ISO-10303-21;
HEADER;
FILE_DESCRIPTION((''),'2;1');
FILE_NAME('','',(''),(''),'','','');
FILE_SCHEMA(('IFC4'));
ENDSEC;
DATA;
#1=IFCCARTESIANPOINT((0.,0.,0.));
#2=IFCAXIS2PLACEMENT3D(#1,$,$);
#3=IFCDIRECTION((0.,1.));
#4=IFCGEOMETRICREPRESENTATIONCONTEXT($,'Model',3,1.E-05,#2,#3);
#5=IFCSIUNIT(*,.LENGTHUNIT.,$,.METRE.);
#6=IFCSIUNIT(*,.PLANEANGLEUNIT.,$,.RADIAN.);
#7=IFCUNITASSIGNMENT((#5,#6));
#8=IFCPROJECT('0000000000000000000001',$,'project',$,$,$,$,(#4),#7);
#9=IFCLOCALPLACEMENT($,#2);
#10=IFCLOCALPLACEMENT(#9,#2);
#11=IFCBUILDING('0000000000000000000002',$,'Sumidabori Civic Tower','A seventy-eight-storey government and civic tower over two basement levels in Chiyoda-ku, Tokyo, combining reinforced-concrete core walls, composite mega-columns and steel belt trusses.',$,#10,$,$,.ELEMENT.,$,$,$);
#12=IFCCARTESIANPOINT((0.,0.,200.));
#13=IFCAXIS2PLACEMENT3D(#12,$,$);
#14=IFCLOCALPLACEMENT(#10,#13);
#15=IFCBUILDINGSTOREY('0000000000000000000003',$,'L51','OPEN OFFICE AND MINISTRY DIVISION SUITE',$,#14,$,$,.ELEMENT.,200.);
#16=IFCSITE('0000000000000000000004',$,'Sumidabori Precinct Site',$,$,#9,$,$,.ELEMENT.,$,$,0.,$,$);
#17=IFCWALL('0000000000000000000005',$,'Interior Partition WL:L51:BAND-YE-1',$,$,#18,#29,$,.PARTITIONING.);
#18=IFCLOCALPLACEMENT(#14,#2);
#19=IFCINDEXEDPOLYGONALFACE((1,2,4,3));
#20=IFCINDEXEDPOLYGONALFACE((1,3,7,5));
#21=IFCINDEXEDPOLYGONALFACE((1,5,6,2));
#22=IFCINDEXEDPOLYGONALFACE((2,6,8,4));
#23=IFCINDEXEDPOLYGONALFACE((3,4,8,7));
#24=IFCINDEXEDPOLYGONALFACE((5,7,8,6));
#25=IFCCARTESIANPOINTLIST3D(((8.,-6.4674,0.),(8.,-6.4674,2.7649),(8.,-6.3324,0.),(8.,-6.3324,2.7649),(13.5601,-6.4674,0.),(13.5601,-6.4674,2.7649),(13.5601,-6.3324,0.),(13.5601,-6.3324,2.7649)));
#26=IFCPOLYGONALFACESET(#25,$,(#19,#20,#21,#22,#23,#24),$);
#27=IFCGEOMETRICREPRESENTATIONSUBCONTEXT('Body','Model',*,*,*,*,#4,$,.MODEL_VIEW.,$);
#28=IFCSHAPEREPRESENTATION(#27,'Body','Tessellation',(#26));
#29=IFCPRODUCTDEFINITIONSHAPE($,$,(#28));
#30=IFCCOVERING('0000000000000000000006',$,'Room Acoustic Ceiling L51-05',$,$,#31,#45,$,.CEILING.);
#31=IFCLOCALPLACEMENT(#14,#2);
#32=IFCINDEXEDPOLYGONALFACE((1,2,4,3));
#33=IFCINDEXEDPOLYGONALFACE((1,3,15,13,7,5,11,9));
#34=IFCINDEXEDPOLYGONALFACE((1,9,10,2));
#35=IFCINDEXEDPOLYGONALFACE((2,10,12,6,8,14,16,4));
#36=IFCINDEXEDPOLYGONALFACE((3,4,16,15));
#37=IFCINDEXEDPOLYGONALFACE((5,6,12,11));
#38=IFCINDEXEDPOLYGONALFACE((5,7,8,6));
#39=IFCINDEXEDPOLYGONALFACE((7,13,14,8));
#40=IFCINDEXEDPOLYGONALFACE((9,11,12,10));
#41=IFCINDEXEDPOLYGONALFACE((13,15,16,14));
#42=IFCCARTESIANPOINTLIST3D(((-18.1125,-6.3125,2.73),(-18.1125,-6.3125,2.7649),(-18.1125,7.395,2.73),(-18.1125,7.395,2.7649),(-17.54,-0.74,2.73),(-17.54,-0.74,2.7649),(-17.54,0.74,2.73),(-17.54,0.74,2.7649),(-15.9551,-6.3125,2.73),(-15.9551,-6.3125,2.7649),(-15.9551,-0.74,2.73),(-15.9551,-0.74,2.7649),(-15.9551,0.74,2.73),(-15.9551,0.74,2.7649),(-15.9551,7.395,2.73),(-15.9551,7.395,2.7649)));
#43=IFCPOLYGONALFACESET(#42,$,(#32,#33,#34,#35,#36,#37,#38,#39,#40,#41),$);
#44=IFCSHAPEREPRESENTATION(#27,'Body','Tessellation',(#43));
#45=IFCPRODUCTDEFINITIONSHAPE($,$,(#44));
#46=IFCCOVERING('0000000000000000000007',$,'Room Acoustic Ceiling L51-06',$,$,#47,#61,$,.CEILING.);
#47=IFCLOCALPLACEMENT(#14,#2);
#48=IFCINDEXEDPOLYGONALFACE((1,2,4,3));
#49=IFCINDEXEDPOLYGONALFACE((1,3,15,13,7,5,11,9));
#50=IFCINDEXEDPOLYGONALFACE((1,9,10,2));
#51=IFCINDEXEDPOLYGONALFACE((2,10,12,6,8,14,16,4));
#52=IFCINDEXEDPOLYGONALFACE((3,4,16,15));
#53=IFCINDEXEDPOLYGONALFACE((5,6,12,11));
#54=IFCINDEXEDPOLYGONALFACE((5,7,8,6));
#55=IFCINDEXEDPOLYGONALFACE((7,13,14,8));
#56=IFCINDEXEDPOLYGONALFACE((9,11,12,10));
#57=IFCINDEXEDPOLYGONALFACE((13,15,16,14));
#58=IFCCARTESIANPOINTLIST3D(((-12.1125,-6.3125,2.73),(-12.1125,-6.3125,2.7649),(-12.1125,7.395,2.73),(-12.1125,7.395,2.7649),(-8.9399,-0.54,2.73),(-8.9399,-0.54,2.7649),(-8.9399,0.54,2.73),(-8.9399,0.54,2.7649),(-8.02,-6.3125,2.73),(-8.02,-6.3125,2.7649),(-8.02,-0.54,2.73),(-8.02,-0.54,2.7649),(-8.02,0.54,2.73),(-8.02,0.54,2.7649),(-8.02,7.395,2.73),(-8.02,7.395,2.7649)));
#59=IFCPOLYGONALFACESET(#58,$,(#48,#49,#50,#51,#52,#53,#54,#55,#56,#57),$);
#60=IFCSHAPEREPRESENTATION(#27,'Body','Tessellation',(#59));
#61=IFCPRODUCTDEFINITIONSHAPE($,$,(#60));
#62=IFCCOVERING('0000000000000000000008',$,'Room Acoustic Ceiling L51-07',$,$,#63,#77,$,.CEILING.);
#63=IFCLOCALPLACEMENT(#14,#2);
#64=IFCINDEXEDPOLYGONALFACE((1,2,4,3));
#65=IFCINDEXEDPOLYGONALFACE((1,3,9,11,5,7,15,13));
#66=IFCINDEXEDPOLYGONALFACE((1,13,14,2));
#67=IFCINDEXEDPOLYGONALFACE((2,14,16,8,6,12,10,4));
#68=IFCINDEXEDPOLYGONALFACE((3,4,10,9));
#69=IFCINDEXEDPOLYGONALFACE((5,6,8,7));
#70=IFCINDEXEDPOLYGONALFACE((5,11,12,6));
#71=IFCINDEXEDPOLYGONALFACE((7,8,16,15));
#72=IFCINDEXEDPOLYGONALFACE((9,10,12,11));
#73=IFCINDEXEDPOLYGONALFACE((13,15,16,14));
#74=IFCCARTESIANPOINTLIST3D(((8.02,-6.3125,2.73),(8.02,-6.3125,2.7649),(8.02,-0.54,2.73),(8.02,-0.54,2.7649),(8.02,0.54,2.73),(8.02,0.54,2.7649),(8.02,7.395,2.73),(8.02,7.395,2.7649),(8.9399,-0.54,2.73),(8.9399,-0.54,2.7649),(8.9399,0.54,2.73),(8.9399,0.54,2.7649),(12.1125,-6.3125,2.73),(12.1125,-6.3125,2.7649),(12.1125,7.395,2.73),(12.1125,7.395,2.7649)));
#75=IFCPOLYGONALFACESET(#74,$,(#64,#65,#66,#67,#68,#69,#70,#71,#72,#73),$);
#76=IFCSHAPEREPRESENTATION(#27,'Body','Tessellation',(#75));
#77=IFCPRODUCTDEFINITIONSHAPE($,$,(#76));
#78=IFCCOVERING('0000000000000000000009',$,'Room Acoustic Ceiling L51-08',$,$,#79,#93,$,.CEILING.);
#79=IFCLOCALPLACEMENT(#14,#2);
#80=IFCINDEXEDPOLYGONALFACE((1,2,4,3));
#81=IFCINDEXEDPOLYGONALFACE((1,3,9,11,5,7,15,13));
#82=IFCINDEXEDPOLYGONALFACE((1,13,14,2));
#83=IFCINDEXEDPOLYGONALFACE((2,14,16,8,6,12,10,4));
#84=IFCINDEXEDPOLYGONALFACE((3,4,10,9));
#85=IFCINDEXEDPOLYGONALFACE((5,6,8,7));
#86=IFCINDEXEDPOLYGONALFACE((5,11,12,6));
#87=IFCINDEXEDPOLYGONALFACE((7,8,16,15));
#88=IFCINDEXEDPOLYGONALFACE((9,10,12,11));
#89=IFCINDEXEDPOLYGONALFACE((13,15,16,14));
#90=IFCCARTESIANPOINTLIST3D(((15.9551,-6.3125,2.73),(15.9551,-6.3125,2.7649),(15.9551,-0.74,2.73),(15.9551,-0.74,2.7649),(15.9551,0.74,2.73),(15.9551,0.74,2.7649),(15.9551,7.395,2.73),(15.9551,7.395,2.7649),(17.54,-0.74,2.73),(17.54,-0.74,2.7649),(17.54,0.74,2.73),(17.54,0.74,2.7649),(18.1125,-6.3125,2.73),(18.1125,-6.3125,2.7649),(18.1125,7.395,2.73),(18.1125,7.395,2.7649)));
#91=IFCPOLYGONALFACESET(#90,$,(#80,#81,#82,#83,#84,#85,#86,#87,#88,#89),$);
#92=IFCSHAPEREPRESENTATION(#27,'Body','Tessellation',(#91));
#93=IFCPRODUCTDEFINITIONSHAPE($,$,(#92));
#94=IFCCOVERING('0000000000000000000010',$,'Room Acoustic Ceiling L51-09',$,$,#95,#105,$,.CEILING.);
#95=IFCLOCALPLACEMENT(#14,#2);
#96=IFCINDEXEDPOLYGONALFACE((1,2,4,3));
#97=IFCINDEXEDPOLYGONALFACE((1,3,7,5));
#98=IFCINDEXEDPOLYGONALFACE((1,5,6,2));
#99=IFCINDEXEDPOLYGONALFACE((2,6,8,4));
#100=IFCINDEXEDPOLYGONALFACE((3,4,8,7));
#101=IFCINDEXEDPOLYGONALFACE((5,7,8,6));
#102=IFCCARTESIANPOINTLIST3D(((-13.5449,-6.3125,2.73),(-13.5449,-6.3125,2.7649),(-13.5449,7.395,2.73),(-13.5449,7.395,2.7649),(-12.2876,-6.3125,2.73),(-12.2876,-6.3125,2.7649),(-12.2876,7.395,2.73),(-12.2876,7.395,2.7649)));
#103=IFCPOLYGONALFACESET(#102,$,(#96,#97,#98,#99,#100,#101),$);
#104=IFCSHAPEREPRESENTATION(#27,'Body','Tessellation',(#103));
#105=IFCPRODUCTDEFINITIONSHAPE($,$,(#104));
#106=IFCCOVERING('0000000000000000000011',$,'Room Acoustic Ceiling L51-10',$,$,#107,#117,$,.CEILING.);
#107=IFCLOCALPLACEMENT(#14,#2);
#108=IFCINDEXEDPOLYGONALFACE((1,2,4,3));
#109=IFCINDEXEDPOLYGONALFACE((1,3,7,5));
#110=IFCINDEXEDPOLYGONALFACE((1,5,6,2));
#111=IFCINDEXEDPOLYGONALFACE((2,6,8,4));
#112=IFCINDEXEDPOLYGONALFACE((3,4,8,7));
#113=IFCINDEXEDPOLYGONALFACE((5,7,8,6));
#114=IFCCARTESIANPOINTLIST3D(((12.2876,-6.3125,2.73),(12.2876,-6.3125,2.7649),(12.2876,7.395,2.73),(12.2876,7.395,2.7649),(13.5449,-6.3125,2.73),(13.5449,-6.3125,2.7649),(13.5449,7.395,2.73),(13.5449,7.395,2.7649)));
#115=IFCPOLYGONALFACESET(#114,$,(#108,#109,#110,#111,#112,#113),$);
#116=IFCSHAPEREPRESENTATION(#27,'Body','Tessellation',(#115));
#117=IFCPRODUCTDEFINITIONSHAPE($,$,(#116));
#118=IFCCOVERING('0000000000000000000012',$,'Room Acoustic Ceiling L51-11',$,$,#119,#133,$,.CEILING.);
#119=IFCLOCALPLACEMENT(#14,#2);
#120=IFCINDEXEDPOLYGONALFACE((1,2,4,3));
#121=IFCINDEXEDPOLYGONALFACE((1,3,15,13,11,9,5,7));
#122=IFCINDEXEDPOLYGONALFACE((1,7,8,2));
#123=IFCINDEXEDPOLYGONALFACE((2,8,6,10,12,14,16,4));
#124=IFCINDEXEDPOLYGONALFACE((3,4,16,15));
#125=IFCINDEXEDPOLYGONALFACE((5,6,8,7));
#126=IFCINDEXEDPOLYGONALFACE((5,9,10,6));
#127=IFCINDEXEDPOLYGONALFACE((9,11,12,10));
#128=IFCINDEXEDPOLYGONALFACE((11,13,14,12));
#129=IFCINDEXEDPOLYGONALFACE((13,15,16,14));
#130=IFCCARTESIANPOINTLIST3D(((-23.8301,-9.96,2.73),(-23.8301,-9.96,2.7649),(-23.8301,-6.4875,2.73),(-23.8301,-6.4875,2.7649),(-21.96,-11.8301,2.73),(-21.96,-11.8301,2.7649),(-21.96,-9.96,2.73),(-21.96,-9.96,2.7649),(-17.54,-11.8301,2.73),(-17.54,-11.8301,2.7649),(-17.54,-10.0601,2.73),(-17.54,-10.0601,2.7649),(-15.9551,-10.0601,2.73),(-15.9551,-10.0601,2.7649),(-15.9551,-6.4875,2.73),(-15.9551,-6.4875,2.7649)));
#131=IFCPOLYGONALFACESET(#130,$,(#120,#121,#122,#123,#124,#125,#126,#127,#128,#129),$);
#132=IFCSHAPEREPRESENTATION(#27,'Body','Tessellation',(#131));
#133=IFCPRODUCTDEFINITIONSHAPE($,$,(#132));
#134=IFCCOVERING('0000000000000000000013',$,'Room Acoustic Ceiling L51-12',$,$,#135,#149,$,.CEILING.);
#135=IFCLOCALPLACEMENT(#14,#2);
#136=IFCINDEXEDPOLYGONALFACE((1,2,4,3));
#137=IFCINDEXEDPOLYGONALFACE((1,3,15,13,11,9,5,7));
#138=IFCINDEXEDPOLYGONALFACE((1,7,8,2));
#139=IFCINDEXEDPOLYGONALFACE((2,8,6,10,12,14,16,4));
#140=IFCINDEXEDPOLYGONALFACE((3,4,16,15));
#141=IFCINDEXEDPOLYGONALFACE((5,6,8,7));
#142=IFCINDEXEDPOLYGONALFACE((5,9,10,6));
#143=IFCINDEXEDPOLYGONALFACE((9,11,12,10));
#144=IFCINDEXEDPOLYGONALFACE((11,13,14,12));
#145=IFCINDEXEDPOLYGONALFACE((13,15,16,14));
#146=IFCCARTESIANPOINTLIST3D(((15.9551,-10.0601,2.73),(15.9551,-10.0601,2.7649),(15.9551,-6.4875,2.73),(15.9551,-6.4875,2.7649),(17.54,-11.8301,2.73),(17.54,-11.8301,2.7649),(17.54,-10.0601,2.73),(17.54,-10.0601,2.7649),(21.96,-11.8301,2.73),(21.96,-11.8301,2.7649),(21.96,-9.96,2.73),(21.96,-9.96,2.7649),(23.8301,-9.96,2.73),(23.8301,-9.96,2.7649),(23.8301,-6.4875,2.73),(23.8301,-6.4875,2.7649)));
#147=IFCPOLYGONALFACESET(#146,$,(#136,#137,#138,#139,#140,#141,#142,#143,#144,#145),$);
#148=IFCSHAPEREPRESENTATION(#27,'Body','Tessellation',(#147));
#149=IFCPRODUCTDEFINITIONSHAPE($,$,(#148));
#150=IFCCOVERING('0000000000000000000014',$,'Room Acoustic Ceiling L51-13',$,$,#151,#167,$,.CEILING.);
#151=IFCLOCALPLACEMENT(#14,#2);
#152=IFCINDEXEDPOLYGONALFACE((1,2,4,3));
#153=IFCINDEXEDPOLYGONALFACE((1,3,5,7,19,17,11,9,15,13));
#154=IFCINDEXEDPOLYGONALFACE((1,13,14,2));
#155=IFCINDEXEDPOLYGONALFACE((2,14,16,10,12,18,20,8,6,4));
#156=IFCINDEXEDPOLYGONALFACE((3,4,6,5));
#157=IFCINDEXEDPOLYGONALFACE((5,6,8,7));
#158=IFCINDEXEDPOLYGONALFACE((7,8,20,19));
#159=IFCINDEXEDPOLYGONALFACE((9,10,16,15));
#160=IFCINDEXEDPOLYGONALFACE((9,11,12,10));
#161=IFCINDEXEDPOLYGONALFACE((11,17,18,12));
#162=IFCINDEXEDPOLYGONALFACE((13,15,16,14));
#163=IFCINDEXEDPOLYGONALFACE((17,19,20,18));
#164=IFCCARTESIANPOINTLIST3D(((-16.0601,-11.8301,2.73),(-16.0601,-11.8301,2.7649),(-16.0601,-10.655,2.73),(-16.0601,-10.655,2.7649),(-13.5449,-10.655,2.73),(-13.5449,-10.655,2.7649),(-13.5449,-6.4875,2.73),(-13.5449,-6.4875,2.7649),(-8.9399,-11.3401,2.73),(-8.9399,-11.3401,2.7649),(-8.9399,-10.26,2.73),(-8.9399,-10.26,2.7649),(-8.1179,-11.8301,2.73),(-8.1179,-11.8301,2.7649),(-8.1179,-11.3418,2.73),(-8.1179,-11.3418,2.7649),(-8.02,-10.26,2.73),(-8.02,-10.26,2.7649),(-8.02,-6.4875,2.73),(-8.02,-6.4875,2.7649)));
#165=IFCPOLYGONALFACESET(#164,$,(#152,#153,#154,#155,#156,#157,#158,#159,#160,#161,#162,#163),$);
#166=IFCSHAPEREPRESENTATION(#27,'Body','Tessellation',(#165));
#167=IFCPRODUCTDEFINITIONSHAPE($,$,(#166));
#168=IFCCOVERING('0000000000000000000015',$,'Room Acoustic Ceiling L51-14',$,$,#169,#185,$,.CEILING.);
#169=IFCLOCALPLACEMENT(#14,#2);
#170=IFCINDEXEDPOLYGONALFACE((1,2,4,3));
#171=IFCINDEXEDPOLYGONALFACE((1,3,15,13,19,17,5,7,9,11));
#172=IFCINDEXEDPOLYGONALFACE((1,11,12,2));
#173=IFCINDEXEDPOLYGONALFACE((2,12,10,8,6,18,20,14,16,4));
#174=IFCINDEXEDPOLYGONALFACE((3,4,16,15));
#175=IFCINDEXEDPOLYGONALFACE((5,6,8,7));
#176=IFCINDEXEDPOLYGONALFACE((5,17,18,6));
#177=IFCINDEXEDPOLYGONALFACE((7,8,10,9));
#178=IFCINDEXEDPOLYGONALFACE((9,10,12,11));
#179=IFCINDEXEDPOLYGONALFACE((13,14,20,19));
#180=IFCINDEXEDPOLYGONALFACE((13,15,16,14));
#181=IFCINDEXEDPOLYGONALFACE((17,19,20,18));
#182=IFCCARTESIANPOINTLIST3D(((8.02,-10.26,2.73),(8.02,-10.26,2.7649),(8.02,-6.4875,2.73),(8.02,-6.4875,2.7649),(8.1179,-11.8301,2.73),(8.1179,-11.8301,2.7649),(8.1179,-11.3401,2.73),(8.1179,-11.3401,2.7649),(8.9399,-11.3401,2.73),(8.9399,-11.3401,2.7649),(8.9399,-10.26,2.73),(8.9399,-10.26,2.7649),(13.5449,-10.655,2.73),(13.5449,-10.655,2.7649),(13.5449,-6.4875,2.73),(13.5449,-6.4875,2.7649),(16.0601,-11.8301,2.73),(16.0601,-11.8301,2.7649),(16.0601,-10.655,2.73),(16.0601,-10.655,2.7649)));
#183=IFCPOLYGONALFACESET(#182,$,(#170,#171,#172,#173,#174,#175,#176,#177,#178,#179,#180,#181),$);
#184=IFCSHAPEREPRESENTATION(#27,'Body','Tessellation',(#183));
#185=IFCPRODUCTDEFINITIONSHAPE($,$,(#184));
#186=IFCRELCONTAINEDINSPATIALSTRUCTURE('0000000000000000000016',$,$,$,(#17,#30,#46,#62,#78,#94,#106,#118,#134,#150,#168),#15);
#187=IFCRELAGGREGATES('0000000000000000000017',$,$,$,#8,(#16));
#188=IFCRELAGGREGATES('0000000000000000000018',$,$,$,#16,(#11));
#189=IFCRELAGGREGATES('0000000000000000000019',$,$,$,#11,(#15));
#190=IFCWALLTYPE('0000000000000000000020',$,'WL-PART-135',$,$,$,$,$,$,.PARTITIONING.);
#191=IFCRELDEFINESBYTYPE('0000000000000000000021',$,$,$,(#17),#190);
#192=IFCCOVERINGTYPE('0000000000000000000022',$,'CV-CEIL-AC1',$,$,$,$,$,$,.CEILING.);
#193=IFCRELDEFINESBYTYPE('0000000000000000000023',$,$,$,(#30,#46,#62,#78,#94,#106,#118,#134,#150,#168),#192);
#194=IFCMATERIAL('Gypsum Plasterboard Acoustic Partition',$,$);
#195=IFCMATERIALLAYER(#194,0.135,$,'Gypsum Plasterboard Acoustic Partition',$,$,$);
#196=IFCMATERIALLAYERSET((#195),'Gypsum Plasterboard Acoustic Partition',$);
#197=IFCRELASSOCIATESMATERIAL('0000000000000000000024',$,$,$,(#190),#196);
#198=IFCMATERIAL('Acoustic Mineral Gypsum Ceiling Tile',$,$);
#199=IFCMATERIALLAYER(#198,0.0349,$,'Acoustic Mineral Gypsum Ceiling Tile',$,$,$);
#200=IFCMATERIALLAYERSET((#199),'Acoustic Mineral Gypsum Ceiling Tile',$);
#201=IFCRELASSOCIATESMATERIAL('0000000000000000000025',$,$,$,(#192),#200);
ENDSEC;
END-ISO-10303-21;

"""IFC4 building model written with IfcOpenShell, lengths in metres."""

from ifc_helpers import new_model, si_unit, direction, frame, frame_2d, origin, place, context, subcontext, project, spatial, polyline, rectangle, outline, extrude, source, transform, mapped, material, layer, layer_set, type_object, element, save


model = new_model("IFC4")

# Units and contexts
model_context = context("Model", 3, precision=1e-05, world=origin(), true_north=direction((0.0, 1.0)))
body_context = subcontext(model_context, "Body", "Model", "MODEL_VIEW")
ifc_project = project(units=[si_unit("LENGTHUNIT", "METRE"), si_unit("PLANEANGLEUNIT", "RADIAN")], contexts=[model_context])

# Site, building, storey
site_placement = place(None, origin())
site = spatial("IfcSite", under=ifc_project, at=site_placement, Name="Sumidabori Precinct Site", CompositionType="ELEMENT", RefElevation=0.0)
building_placement = place(site_placement, origin())
building = spatial("IfcBuilding", under=site, at=building_placement, Name="Sumidabori Civic Tower", Description="A seventy-eight-storey government and civic tower over two basement levels in Chiyoda-ku, Tokyo, combining reinforced-concrete core walls, composite mega-columns and steel belt trusses.", CompositionType="ELEMENT")
storey_placement = place(building_placement, frame((0.0, 0.0, 200.0)))
storey = spatial("IfcBuildingStorey", under=building, at=storey_placement, Name="L51", Description="OPEN OFFICE AND MINISTRY DIVISION SUITE", CompositionType="ELEMENT", Elevation=200.0)

# Wall
ifc_material_1 = material(Name="Gypsum Plasterboard Acoustic Partition")
ifc_layer_1 = layer(ifc_material_1, 0.135, Name="Gypsum Plasterboard Acoustic Partition")
ifc_layer_set_1 = layer_set([ifc_layer_1], Name="Gypsum Plasterboard Acoustic Partition")
wall_type_1 = type_object("IfcWallType", Name="WL-PART-135", PredefinedType="PARTITIONING", material=ifc_layer_set_1)
shared_shape_1 = source(origin(), body_context, "Body", "SweptSolid", [
    extrude(rectangle(XDim=5.5601, YDim=0.135, at=frame_2d((2.78, 0.0))), origin(), (0.0, 0.0, 1.0), 2.7649),
])
wall_1_placement = place(storey_placement, frame((8.0, -6.3999, 0.0), z_axis=(0.0, 0.0, 1.0), x_axis=(1.0, 0.0, 0.0)))
element("IfcWall", 1, at=wall_1_placement, inside=storey, type_object=wall_type_1, Name="Interior Partition WL:L51:BAND-YE-1", PredefinedType="PARTITIONING", context=body_context, shape_type="MappedRepresentation", body=[
    mapped(shared_shape_1, transform((0.0, 0.0, 0.0), x_axis=(1.0, 0.0, 0.0), y_axis=(0.0, 1.0, 0.0), z_axis=(0.0, 0.0, 1.0), scale=1.0)),
])

# Coverings
ifc_material_2 = material(Name="Acoustic Mineral Gypsum Ceiling Tile")
ifc_layer_2 = layer(ifc_material_2, 0.0349, Name="Acoustic Mineral Gypsum Ceiling Tile")
ifc_layer_set_2 = layer_set([ifc_layer_2], Name="Acoustic Mineral Gypsum Ceiling Tile")
covering_type_1 = type_object("IfcCoveringType", Name="CV-CEIL-AC1", PredefinedType="CEILING", material=ifc_layer_set_2)
covering_1_placement = place(storey_placement, frame((0.0, 0.0, 2.73)))
element("IfcCovering", 2, at=covering_1_placement, inside=storey, type_object=covering_type_1, Name="Room Acoustic Ceiling L51-05", PredefinedType="CEILING", context=body_context, shape_type="SweptSolid", body=[
    extrude(outline(polyline([(-18.1125, -6.3125), (-18.1125, 7.395), (-15.9551, 7.395), (-15.9551, 0.74), (-17.54, 0.74), (-17.54, -0.74), (-15.9551, -0.74), (-15.9551, -6.3125), (-18.1125, -6.3125)])), origin(), (0.0, 0.0, 1.0), 0.0349),
])
covering_2_placement = place(storey_placement, frame((0.0, 0.0, 2.73)))
element("IfcCovering", 3, at=covering_2_placement, inside=storey, type_object=covering_type_1, Name="Room Acoustic Ceiling L51-06", PredefinedType="CEILING", context=body_context, shape_type="SweptSolid", body=[
    extrude(outline(polyline([(-12.1125, 7.395), (-8.02, 7.395), (-8.02, 0.54), (-8.9399, 0.54), (-8.9399, -0.54), (-8.02, -0.54), (-8.02, -6.3125), (-12.1125, -6.3125), (-12.1125, 7.395)])), origin(), (0.0, 0.0, 1.0), 0.0349),
])
covering_3_placement = place(storey_placement, frame((0.0, 0.0, 2.73)))
element("IfcCovering", 4, at=covering_3_placement, inside=storey, type_object=covering_type_1, Name="Room Acoustic Ceiling L51-07", PredefinedType="CEILING", context=body_context, shape_type="SweptSolid", body=[
    extrude(outline(polyline([(8.02, -6.3125), (8.02, -0.54), (8.9399, -0.54), (8.9399, 0.54), (8.02, 0.54), (8.02, 7.395), (12.1125, 7.395), (12.1125, -6.3125), (8.02, -6.3125)])), origin(), (0.0, 0.0, 1.0), 0.0349),
])
covering_4_placement = place(storey_placement, frame((0.0, 0.0, 2.73)))
element("IfcCovering", 5, at=covering_4_placement, inside=storey, type_object=covering_type_1, Name="Room Acoustic Ceiling L51-08", PredefinedType="CEILING", context=body_context, shape_type="SweptSolid", body=[
    extrude(outline(polyline([(15.9551, -0.74), (17.54, -0.74), (17.54, 0.74), (15.9551, 0.74), (15.9551, 7.395), (18.1125, 7.395), (18.1125, -6.3125), (15.9551, -6.3125), (15.9551, -0.74)])), origin(), (0.0, 0.0, 1.0), 0.0349),
])
covering_5_placement = place(storey_placement, frame((0.0, 0.0, 2.73)))
element("IfcCovering", 6, at=covering_5_placement, inside=storey, type_object=covering_type_1, Name="Room Acoustic Ceiling L51-09", PredefinedType="CEILING", context=body_context, shape_type="SweptSolid", body=[
    extrude(outline(polyline([(-13.5449, 7.395), (-12.2876, 7.395), (-12.2876, -6.3125), (-13.5449, -6.3125), (-13.5449, 7.395)])), origin(), (0.0, 0.0, 1.0), 0.0349),
])
covering_6_placement = place(storey_placement, frame((0.0, 0.0, 2.73)))
element("IfcCovering", 7, at=covering_6_placement, inside=storey, type_object=covering_type_1, Name="Room Acoustic Ceiling L51-10", PredefinedType="CEILING", context=body_context, shape_type="SweptSolid", body=[
    extrude(outline(polyline([(12.2876, -6.3125), (12.2876, 7.395), (13.5449, 7.395), (13.5449, -6.3125), (12.2876, -6.3125)])), origin(), (0.0, 0.0, 1.0), 0.0349),
])
covering_7_placement = place(storey_placement, frame((0.0, 0.0, 2.73)))
element("IfcCovering", 8, at=covering_7_placement, inside=storey, type_object=covering_type_1, Name="Room Acoustic Ceiling L51-11", PredefinedType="CEILING", context=body_context, shape_type="SweptSolid", body=[
    extrude(outline(polyline([(-23.8301, -6.4875), (-15.9551, -6.4875), (-15.9551, -10.0601), (-17.54, -10.0601), (-17.54, -11.8301), (-21.96, -11.8301), (-21.96, -9.96), (-23.8301, -9.96), (-23.8301, -6.4875)])), origin(), (0.0, 0.0, 1.0), 0.0349),
])
covering_8_placement = place(storey_placement, frame((0.0, 0.0, 2.73)))
element("IfcCovering", 9, at=covering_8_placement, inside=storey, type_object=covering_type_1, Name="Room Acoustic Ceiling L51-12", PredefinedType="CEILING", context=body_context, shape_type="SweptSolid", body=[
    extrude(outline(polyline([(17.54, -10.0601), (15.9551, -10.0601), (15.9551, -6.4875), (23.8301, -6.4875), (23.8301, -9.96), (21.96, -9.96), (21.96, -11.8301), (17.54, -11.8301), (17.54, -10.0601)])), origin(), (0.0, 0.0, 1.0), 0.0349),
])
covering_9_placement = place(storey_placement, frame((0.0, 0.0, 2.73)))
element("IfcCovering", 10, at=covering_9_placement, inside=storey, type_object=covering_type_1, Name="Room Acoustic Ceiling L51-13", PredefinedType="CEILING", context=body_context, shape_type="SweptSolid", body=[
    extrude(outline(polyline([(-16.0601, -10.655), (-13.5449, -10.655), (-13.5449, -6.4875), (-8.02, -6.4875), (-8.02, -10.26), (-8.9399, -10.26), (-8.9399, -11.3401), (-8.1179, -11.3418), (-8.1179, -11.8301), (-16.0601, -11.8301), (-16.0601, -10.655)])), origin(), (0.0, 0.0, 1.0), 0.0349),
])
covering_10_placement = place(storey_placement, frame((0.0, 0.0, 2.73)))
element("IfcCovering", 11, at=covering_10_placement, inside=storey, type_object=covering_type_1, Name="Room Acoustic Ceiling L51-14", PredefinedType="CEILING", context=body_context, shape_type="SweptSolid", body=[
    extrude(outline(polyline([(8.9399, -11.3401), (8.9399, -10.26), (8.02, -10.26), (8.02, -6.4875), (13.5449, -6.4875), (13.5449, -10.655), (16.0601, -10.655), (16.0601, -11.8301), (8.1179, -11.8301), (8.1179, -11.3401), (8.9399, -11.3401)])), origin(), (0.0, 0.0, 1.0), 0.0349),
])

save(model, "model.ifc")
